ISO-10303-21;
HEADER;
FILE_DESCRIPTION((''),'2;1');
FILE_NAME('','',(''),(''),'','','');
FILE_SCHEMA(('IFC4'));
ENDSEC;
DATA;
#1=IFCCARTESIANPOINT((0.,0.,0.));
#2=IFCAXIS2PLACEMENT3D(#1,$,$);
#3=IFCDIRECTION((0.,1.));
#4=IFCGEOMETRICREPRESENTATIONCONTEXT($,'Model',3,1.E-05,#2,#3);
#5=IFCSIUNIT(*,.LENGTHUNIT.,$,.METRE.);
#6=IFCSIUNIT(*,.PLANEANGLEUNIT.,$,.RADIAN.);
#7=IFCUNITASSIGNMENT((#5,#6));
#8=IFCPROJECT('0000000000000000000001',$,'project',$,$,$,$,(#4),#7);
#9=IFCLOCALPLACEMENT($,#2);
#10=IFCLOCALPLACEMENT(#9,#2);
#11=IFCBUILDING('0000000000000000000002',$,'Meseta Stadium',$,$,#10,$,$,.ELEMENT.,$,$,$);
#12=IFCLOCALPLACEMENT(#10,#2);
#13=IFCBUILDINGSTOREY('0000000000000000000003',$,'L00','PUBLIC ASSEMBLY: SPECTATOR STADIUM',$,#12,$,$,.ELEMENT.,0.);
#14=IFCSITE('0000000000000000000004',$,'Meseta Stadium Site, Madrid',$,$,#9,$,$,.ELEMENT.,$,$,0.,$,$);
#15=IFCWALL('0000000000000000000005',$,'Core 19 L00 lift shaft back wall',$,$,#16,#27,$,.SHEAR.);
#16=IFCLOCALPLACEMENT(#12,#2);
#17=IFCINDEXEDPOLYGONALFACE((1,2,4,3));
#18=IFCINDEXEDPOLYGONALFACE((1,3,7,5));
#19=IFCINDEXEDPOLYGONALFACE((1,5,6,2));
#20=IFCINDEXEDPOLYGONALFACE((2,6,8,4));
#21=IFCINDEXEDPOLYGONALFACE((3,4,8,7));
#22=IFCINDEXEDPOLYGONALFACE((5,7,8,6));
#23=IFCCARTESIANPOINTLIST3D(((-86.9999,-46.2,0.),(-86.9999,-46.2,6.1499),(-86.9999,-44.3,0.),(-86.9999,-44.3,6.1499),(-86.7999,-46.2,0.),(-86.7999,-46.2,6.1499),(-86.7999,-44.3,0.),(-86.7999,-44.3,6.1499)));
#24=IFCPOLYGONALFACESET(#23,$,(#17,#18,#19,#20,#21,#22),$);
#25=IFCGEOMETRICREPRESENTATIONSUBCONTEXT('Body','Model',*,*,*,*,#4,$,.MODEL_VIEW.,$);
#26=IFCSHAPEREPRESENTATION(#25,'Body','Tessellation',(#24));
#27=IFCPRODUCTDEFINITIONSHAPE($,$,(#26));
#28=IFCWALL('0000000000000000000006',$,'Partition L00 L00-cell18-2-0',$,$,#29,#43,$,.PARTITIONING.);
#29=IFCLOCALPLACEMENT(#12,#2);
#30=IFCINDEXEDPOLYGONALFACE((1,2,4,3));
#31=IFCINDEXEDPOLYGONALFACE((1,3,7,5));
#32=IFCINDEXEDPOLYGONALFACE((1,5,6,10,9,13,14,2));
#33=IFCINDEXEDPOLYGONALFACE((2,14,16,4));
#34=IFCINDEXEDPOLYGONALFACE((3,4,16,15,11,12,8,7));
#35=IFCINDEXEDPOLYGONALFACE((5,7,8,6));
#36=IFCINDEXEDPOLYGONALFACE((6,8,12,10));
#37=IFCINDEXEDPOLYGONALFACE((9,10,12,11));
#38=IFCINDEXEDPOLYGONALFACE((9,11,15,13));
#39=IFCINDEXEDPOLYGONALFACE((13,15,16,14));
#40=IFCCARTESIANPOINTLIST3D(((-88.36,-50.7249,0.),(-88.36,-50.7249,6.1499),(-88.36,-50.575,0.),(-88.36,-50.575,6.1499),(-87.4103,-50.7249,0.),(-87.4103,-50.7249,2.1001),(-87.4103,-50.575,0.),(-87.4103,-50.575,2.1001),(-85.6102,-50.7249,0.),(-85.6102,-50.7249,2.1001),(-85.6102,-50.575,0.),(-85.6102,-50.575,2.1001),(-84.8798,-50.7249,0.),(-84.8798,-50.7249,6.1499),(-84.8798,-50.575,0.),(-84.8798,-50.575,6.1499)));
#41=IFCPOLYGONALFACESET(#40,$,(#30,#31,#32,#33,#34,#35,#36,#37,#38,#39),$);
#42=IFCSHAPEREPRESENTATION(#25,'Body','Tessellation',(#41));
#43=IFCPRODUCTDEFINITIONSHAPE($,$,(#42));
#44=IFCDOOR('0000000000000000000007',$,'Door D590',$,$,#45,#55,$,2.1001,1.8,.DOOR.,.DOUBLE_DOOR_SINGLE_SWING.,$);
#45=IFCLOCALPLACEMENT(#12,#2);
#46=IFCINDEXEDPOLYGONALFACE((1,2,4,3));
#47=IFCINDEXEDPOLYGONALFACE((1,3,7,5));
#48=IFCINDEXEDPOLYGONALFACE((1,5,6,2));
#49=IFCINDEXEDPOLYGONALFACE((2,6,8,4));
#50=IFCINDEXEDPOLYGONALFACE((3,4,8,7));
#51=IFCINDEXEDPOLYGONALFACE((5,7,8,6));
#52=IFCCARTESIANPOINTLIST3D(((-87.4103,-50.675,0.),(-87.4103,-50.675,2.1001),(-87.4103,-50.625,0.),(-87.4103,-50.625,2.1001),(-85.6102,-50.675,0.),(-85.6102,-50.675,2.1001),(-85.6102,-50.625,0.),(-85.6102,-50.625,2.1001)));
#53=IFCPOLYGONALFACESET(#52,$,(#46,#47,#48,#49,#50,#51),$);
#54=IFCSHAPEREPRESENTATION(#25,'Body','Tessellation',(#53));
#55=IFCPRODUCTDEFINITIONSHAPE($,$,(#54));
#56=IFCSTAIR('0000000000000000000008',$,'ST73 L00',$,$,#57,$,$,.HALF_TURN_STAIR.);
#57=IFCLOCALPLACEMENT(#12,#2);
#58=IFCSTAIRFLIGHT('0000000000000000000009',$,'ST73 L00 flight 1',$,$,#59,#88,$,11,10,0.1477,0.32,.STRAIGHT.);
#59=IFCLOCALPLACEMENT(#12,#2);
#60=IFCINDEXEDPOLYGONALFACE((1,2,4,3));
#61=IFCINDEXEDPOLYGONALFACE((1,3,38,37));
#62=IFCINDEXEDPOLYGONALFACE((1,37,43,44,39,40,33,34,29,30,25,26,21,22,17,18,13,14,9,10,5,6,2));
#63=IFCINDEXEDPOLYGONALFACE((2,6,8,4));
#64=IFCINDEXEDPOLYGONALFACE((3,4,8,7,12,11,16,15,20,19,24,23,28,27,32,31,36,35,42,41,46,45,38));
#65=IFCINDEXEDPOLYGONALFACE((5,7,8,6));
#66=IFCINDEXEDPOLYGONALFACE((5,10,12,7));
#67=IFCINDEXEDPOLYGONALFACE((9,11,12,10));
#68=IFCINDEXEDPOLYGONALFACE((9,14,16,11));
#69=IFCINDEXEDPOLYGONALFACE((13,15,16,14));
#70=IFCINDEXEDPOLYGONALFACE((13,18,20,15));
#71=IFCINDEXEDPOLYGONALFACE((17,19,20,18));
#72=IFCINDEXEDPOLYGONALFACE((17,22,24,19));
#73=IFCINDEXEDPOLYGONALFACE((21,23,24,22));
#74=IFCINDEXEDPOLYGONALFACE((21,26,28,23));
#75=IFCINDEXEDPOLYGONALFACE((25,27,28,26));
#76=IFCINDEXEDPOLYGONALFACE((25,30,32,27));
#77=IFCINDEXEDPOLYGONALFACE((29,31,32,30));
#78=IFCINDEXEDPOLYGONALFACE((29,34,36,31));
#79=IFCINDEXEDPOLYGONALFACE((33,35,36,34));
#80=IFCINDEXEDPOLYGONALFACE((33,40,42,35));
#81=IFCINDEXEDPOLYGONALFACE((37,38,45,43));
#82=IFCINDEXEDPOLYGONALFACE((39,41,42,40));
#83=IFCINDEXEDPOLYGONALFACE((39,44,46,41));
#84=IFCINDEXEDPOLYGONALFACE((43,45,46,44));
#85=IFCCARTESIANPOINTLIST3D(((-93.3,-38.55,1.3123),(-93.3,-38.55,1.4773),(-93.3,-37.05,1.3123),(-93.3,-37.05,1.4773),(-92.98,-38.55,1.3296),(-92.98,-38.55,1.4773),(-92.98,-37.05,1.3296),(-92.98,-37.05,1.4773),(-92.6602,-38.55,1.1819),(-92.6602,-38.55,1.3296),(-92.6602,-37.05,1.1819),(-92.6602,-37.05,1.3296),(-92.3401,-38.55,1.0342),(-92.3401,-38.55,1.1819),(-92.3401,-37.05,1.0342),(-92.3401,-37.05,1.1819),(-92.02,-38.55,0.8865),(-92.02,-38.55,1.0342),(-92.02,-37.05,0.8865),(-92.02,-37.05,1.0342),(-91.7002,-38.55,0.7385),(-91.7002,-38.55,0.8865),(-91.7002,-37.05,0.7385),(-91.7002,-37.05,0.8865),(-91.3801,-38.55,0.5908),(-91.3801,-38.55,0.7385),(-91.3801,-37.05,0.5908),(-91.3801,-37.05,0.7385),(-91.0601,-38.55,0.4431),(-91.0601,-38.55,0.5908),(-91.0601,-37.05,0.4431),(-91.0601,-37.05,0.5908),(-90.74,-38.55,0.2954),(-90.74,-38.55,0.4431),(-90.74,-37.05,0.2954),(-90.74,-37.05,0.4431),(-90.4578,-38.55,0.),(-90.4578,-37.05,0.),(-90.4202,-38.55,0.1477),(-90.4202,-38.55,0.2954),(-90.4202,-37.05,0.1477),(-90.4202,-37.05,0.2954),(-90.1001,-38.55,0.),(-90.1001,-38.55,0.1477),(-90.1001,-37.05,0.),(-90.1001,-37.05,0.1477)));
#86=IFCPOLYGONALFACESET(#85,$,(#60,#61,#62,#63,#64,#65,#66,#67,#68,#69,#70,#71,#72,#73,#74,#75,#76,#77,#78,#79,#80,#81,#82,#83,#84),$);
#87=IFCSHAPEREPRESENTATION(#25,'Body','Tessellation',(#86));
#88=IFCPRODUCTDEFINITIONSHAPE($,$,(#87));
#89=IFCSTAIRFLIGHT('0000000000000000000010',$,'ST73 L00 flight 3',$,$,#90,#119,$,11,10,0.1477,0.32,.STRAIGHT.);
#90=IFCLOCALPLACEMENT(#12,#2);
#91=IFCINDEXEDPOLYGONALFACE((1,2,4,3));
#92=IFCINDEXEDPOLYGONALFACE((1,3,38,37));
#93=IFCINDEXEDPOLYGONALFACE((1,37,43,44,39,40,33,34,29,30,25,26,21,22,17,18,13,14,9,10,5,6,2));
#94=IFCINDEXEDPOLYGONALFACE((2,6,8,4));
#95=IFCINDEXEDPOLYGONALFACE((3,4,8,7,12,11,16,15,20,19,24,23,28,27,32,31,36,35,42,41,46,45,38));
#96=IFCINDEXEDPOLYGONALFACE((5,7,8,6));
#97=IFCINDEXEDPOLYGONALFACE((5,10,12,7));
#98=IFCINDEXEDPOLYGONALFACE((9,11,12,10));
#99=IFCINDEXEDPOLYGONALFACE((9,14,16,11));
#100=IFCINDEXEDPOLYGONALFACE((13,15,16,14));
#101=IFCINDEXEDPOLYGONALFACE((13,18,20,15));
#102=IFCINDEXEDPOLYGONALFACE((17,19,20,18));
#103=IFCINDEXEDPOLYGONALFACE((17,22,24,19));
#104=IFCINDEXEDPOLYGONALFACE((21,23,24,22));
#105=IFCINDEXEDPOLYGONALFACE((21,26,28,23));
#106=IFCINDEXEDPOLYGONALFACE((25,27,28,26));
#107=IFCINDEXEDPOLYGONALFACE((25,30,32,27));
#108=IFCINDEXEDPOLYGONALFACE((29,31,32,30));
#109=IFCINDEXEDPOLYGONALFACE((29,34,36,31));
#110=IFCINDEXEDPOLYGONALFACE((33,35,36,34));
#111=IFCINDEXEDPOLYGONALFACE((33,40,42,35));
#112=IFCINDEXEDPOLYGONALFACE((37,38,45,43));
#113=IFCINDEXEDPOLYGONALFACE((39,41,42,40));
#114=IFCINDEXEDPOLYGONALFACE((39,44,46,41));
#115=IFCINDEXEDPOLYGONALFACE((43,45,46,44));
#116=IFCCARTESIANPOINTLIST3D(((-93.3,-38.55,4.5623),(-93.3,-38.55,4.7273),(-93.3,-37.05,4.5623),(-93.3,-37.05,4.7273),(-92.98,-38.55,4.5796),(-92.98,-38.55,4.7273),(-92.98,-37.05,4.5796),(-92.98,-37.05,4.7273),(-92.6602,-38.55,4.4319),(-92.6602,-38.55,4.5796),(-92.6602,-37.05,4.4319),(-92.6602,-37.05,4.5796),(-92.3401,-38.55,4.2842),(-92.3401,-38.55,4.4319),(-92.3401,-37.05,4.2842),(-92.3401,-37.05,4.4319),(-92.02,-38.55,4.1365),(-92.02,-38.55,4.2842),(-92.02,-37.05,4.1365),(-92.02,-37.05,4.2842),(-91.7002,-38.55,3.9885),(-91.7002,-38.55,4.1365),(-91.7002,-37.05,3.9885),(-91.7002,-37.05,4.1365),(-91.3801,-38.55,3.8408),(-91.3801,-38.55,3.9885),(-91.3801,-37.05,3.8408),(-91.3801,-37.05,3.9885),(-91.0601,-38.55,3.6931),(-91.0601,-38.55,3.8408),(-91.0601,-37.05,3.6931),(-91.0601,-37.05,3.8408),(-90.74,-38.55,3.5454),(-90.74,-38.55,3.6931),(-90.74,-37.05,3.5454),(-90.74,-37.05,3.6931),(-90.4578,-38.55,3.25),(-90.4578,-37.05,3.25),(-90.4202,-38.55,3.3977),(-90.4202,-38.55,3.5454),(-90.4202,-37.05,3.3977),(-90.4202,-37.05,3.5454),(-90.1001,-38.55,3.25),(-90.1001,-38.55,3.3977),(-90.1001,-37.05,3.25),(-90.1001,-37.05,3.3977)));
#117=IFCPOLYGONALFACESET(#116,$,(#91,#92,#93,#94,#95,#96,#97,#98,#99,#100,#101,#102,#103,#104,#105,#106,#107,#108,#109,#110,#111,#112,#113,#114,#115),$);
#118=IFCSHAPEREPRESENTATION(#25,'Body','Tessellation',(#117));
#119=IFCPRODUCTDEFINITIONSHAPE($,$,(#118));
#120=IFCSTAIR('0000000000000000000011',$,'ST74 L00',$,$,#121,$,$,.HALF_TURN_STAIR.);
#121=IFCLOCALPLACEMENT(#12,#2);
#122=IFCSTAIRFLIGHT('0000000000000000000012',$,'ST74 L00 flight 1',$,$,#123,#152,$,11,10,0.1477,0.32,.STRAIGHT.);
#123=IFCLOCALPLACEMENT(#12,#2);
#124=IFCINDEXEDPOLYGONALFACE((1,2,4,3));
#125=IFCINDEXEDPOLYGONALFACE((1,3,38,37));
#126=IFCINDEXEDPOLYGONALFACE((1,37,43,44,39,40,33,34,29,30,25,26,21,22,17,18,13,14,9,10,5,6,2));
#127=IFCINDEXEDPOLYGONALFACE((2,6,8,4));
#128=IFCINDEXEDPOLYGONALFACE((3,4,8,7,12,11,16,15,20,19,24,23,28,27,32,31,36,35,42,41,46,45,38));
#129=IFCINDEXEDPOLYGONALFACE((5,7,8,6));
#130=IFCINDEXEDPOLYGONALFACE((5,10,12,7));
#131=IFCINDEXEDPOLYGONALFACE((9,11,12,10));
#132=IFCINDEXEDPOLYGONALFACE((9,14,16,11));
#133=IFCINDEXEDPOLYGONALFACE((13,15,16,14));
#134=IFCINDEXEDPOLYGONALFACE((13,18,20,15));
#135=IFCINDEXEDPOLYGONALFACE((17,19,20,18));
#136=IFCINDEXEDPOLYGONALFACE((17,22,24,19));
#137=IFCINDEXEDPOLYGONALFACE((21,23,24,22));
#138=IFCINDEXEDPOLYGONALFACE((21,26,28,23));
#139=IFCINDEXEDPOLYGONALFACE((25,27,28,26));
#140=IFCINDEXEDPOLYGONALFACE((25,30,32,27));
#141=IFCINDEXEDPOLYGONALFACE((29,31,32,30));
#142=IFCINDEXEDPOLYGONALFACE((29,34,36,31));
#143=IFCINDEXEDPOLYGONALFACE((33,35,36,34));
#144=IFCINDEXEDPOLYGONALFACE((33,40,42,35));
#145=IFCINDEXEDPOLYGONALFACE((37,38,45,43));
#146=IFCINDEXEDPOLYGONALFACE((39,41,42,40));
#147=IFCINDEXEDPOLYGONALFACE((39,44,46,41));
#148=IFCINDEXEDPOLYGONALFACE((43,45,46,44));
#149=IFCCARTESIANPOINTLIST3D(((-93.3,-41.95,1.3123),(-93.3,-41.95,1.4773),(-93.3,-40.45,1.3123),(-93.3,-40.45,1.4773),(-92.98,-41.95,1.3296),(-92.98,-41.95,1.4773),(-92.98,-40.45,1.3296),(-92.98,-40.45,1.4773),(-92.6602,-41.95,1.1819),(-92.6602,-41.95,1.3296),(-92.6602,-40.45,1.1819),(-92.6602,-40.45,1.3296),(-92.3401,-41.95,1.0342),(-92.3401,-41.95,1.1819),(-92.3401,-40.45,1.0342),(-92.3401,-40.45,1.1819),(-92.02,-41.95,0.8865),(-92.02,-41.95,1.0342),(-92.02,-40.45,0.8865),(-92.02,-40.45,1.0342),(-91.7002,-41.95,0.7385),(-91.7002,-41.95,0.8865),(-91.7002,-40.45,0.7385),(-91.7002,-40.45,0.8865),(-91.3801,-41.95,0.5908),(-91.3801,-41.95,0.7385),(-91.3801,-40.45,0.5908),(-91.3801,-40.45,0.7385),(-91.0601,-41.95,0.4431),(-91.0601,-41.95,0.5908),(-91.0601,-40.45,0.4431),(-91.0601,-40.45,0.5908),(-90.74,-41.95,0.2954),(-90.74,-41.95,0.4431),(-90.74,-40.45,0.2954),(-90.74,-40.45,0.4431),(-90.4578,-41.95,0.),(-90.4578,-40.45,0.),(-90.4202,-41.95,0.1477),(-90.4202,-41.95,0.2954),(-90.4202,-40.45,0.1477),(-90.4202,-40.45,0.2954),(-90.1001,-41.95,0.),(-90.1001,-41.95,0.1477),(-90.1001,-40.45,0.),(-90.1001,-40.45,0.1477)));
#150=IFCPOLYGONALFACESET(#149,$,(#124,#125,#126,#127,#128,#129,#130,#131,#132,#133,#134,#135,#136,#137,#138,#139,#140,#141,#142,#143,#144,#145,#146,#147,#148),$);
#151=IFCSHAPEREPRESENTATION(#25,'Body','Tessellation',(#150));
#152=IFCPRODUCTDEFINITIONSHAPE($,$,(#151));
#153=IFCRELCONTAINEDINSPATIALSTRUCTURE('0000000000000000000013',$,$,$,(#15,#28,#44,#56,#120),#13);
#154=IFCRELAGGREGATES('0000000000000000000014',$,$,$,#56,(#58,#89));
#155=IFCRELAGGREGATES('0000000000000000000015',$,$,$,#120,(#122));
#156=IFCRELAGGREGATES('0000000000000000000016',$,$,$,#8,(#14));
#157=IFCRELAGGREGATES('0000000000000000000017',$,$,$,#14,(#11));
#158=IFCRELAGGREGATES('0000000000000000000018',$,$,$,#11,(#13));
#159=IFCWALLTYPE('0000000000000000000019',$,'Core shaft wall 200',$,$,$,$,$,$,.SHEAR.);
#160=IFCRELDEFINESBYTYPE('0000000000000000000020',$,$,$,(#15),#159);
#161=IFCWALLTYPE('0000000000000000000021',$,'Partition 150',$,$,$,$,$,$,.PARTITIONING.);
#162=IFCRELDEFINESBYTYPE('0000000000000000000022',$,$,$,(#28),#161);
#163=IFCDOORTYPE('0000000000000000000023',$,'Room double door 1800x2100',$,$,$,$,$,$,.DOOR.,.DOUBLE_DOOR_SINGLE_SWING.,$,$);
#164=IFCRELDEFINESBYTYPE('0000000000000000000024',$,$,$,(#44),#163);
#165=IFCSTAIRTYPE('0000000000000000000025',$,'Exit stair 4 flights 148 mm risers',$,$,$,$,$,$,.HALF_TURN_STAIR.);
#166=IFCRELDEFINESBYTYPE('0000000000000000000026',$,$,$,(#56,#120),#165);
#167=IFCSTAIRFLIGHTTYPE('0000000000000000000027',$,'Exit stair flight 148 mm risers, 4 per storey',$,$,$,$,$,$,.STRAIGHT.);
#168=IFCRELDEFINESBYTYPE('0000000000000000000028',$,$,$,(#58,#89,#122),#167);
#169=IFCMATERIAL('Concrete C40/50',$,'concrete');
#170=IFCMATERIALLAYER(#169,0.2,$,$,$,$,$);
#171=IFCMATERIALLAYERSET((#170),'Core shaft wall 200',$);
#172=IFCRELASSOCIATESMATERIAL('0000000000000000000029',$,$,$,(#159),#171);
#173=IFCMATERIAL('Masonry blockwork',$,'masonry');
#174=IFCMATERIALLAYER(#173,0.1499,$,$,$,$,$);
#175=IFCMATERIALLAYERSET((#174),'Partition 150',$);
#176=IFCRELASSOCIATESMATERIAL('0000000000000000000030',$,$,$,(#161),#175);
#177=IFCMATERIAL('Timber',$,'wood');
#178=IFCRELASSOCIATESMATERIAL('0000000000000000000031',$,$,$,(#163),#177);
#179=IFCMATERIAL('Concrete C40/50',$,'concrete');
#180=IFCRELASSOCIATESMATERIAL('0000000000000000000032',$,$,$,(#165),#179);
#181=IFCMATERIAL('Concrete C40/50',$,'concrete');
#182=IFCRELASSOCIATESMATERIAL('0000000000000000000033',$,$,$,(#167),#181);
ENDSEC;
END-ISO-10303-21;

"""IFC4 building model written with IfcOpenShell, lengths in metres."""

from ifc_helpers import new_model, si_unit, direction, frame, frame_2d, origin, place, context, subcontext, project, spatial, polyline, rectangle, outline, extrude, material, layer, layer_set, type_object, element, fill, aggregate, save


model = new_model("IFC4")

# Units and contexts
model_context = context("Model", 3, precision=1e-05, world=origin(), true_north=direction((0.0, 1.0)))
body_context = subcontext(model_context, "Body", "Model", "MODEL_VIEW")
ifc_project = project(units=[si_unit("LENGTHUNIT", "METRE"), si_unit("PLANEANGLEUNIT", "RADIAN")], contexts=[model_context])

# Site, building, storey
site_placement = place(None, origin())
site = spatial("IfcSite", under=ifc_project, at=site_placement, Name="Meseta Stadium Site, Madrid", CompositionType="ELEMENT", RefElevation=0.0)
building_placement = place(site_placement, origin())
building = spatial("IfcBuilding", under=site, at=building_placement, Name="Meseta Stadium", CompositionType="ELEMENT")
storey_placement = place(building_placement, origin())
storey = spatial("IfcBuildingStorey", under=building, at=storey_placement, Name="L00", Description="PUBLIC ASSEMBLY: SPECTATOR STADIUM", CompositionType="ELEMENT", Elevation=0.0)

# Shared definitions
ifc_material_1 = material(Name="Concrete C40/50", Category="concrete")
ifc_layer_1 = layer(ifc_material_1, 0.2)
ifc_layer_set_1 = layer_set([ifc_layer_1], Name="Core shaft wall 200")
wall_type_1 = type_object("IfcWallType", Name="Core shaft wall 200", PredefinedType="SHEAR", material=ifc_layer_set_1)

# Wall
wall_1_placement = place(storey_placement, frame((-86.8999, -44.3, 0.0), z_axis=(0.0, 0.0, 1.0), x_axis=(0.0, -1.0, 0.0)))
element("IfcWall", 1, at=wall_1_placement, inside=storey, type_object=wall_type_1, Name="Core 19 L00 lift shaft back wall", PredefinedType="SHEAR", context=body_context, shape_type="SweptSolid", body=[
    extrude(rectangle(XDim=1.8999, YDim=0.2, at=frame_2d((0.95, 0.0))), origin(), (0.0, 0.0, 1.0), 6.1499),
])

# Wall, opening, door
ifc_material_2 = material(Name="Masonry blockwork", Category="masonry")
ifc_layer_2 = layer(ifc_material_2, 0.1499)
ifc_layer_set_2 = layer_set([ifc_layer_2], Name="Partition 150")
wall_type_2 = type_object("IfcWallType", Name="Partition 150", PredefinedType="PARTITIONING", material=ifc_layer_set_2)
wall_2_placement = place(storey_placement, frame((-88.3601, -50.6499, 0.0), z_axis=(0.0, 0.0, 1.0), x_axis=(1.0, 0.0, 0.0)))
wall_2 = element("IfcWall", 2, at=wall_2_placement, inside=storey, type_object=wall_type_2, Name="Partition L00 L00-cell18-2-0", PredefinedType="PARTITIONING", context=body_context, shape_type="SweptSolid", body=[
    extrude(rectangle(XDim=3.4802, YDim=0.1499, at=frame_2d((1.7402, 0.0))), origin(), (0.0, 0.0, 1.0), 6.1499),
])
opening_1_placement = place(wall_2_placement, frame((0.95, 0.0, 0.0)))
opening_1 = element("IfcOpeningElement", 3, at=opening_1_placement, cuts=wall_2, PredefinedType="OPENING", context=body_context, shape_type="SweptSolid", body=[
    extrude(rectangle(XDim=1.8, YDim=2.1001, at=frame_2d((0.8999, 1.05))), frame((0.0, 0.085, 0.0), z_axis=(0.0, -1.0, 0.0), x_axis=(1.0, 0.0, 0.0)), (0.0, 0.0, 1.0), 0.1699),
])
ifc_material_3 = material(Name="Timber", Category="wood")
door_type_1 = type_object("IfcDoorType", Name="Room double door 1800x2100", OperationType="DOUBLE_DOOR_SINGLE_SWING", PredefinedType="DOOR", material=ifc_material_3)
door_1_placement = place(opening_1_placement, origin())
door_1 = element("IfcDoor", 4, at=door_1_placement, inside=storey, type_object=door_type_1, Name="Door D590", OperationType="DOUBLE_DOOR_SINGLE_SWING", OverallHeight=2.1001, OverallWidth=1.8, PredefinedType="DOOR", context=body_context, shape_type="SweptSolid", body=[
    extrude(rectangle(XDim=1.8, YDim=2.1001, at=frame_2d((0.8999, 1.05))), frame((0.0, 0.0249, 0.0), z_axis=(0.0, -1.0, 0.0), x_axis=(1.0, 0.0, 0.0)), (0.0, 0.0, 1.0), 0.05),
])
fill(opening_1, door_1)

# Stairs, stair flights
ifc_material_4 = material(Name="Concrete C40/50", Category="concrete")
stair_type = type_object("IfcStairType", Name="Exit stair 4 flights 148 mm risers", PredefinedType="HALF_TURN_STAIR", material=ifc_material_4)
stair_1_placement = place(storey_placement, origin())
stair_1 = element("IfcStair", 5, at=stair_1_placement, inside=storey, type_object=stair_type, Name="ST73 L00", PredefinedType="HALF_TURN_STAIR")
ifc_material_5 = material(Name="Concrete C40/50", Category="concrete")
stair_flight_type = type_object("IfcStairFlightType", Name="Exit stair flight 148 mm risers, 4 per storey", PredefinedType="STRAIGHT", material=ifc_material_5)
stair_flight_1_placement = place(storey_placement, frame((-90.1001, -37.8, 0.0), z_axis=(0.0, 0.0, 1.0), x_axis=(-1.0, 0.0, 0.0)))
stair_flight_1 = element("IfcStairFlight", 6, at=stair_flight_1_placement, type_object=stair_flight_type, Name="ST73 L00 flight 1", NumberOfRisers=11, NumberOfTreads=10, PredefinedType="STRAIGHT", RiserHeight=0.1477, TreadLength=0.32, context=body_context, shape_type="SweptSolid", body=[
    extrude(outline(polyline([(0.0, 0.0), (0.0, 0.1477), (0.3201, 0.1477), (0.3201, 0.2954), (0.6399, 0.2954), (0.6399, 0.4431), (0.96, 0.4431), (0.96, 0.5908), (1.28, 0.5908), (1.28, 0.7385), (1.6001, 0.7385), (1.6001, 0.8865), (1.9199, 0.8865), (1.9199, 1.0342), (2.24, 1.0342), (2.24, 1.1819), (2.5601, 1.1819), (2.5601, 1.3296), (2.8799, 1.3296), (2.8799, 1.4773), (3.2, 1.4773), (3.2, 1.3123), (0.3577, 0.0), (0.0, 0.0)])), frame((0.0, 0.75, 0.0), z_axis=(0.0, -1.0, 0.0), x_axis=(1.0, 0.0, 0.0)), (0.0, 0.0, 1.0), 1.5),
])
stair_flight_2_placement = place(storey_placement, frame((-90.1001, -37.8, 3.25), z_axis=(0.0, 0.0, 1.0), x_axis=(-1.0, 0.0, 0.0)))
stair_flight_2 = element("IfcStairFlight", 7, at=stair_flight_2_placement, type_object=stair_flight_type, Name="ST73 L00 flight 3", NumberOfRisers=11, NumberOfTreads=10, PredefinedType="STRAIGHT", RiserHeight=0.1477, TreadLength=0.32, context=body_context, shape_type="SweptSolid", body=[
    extrude(outline(polyline([(0.0, 0.0), (0.0, 0.1477), (0.3201, 0.1477), (0.3201, 0.2954), (0.6399, 0.2954), (0.6399, 0.4431), (0.96, 0.4431), (0.96, 0.5908), (1.28, 0.5908), (1.28, 0.7385), (1.6001, 0.7385), (1.6001, 0.8865), (1.9199, 0.8865), (1.9199, 1.0342), (2.24, 1.0342), (2.24, 1.1819), (2.5601, 1.1819), (2.5601, 1.3296), (2.8799, 1.3296), (2.8799, 1.4773), (3.2, 1.4773), (3.2, 1.3123), (0.3577, 0.0), (0.0, 0.0)])), frame((0.0, 0.75, 0.0), z_axis=(0.0, -1.0, 0.0), x_axis=(1.0, 0.0, 0.0)), (0.0, 0.0, 1.0), 1.5),
])
aggregate(stair_1, [stair_flight_1, stair_flight_2])
stair_2_placement = place(storey_placement, origin())
stair_2 = element("IfcStair", 8, at=stair_2_placement, inside=storey, type_object=stair_type, Name="ST74 L00", PredefinedType="HALF_TURN_STAIR")
stair_flight_3_placement = place(storey_placement, frame((-90.1001, -41.2, 0.0), z_axis=(0.0, 0.0, 1.0), x_axis=(-1.0, 0.0, 0.0)))
stair_flight_3 = element("IfcStairFlight", 9, at=stair_flight_3_placement, type_object=stair_flight_type, Name="ST74 L00 flight 1", NumberOfRisers=11, NumberOfTreads=10, PredefinedType="STRAIGHT", RiserHeight=0.1477, TreadLength=0.32, context=body_context, shape_type="SweptSolid", body=[
    extrude(outline(polyline([(0.0, 0.0), (0.0, 0.1477), (0.3201, 0.1477), (0.3201, 0.2954), (0.6399, 0.2954), (0.6399, 0.4431), (0.96, 0.4431), (0.96, 0.5908), (1.28, 0.5908), (1.28, 0.7385), (1.6001, 0.7385), (1.6001, 0.8865), (1.9199, 0.8865), (1.9199, 1.0342), (2.24, 1.0342), (2.24, 1.1819), (2.5601, 1.1819), (2.5601, 1.3296), (2.8799, 1.3296), (2.8799, 1.4773), (3.2, 1.4773), (3.2, 1.3123), (0.3577, 0.0), (0.0, 0.0)])), frame((0.0, 0.75, 0.0), z_axis=(0.0, -1.0, 0.0), x_axis=(1.0, 0.0, 0.0)), (0.0, 0.0, 1.0), 1.5),
])
aggregate(stair_2, [stair_flight_3])

save(model, "model.ifc")
